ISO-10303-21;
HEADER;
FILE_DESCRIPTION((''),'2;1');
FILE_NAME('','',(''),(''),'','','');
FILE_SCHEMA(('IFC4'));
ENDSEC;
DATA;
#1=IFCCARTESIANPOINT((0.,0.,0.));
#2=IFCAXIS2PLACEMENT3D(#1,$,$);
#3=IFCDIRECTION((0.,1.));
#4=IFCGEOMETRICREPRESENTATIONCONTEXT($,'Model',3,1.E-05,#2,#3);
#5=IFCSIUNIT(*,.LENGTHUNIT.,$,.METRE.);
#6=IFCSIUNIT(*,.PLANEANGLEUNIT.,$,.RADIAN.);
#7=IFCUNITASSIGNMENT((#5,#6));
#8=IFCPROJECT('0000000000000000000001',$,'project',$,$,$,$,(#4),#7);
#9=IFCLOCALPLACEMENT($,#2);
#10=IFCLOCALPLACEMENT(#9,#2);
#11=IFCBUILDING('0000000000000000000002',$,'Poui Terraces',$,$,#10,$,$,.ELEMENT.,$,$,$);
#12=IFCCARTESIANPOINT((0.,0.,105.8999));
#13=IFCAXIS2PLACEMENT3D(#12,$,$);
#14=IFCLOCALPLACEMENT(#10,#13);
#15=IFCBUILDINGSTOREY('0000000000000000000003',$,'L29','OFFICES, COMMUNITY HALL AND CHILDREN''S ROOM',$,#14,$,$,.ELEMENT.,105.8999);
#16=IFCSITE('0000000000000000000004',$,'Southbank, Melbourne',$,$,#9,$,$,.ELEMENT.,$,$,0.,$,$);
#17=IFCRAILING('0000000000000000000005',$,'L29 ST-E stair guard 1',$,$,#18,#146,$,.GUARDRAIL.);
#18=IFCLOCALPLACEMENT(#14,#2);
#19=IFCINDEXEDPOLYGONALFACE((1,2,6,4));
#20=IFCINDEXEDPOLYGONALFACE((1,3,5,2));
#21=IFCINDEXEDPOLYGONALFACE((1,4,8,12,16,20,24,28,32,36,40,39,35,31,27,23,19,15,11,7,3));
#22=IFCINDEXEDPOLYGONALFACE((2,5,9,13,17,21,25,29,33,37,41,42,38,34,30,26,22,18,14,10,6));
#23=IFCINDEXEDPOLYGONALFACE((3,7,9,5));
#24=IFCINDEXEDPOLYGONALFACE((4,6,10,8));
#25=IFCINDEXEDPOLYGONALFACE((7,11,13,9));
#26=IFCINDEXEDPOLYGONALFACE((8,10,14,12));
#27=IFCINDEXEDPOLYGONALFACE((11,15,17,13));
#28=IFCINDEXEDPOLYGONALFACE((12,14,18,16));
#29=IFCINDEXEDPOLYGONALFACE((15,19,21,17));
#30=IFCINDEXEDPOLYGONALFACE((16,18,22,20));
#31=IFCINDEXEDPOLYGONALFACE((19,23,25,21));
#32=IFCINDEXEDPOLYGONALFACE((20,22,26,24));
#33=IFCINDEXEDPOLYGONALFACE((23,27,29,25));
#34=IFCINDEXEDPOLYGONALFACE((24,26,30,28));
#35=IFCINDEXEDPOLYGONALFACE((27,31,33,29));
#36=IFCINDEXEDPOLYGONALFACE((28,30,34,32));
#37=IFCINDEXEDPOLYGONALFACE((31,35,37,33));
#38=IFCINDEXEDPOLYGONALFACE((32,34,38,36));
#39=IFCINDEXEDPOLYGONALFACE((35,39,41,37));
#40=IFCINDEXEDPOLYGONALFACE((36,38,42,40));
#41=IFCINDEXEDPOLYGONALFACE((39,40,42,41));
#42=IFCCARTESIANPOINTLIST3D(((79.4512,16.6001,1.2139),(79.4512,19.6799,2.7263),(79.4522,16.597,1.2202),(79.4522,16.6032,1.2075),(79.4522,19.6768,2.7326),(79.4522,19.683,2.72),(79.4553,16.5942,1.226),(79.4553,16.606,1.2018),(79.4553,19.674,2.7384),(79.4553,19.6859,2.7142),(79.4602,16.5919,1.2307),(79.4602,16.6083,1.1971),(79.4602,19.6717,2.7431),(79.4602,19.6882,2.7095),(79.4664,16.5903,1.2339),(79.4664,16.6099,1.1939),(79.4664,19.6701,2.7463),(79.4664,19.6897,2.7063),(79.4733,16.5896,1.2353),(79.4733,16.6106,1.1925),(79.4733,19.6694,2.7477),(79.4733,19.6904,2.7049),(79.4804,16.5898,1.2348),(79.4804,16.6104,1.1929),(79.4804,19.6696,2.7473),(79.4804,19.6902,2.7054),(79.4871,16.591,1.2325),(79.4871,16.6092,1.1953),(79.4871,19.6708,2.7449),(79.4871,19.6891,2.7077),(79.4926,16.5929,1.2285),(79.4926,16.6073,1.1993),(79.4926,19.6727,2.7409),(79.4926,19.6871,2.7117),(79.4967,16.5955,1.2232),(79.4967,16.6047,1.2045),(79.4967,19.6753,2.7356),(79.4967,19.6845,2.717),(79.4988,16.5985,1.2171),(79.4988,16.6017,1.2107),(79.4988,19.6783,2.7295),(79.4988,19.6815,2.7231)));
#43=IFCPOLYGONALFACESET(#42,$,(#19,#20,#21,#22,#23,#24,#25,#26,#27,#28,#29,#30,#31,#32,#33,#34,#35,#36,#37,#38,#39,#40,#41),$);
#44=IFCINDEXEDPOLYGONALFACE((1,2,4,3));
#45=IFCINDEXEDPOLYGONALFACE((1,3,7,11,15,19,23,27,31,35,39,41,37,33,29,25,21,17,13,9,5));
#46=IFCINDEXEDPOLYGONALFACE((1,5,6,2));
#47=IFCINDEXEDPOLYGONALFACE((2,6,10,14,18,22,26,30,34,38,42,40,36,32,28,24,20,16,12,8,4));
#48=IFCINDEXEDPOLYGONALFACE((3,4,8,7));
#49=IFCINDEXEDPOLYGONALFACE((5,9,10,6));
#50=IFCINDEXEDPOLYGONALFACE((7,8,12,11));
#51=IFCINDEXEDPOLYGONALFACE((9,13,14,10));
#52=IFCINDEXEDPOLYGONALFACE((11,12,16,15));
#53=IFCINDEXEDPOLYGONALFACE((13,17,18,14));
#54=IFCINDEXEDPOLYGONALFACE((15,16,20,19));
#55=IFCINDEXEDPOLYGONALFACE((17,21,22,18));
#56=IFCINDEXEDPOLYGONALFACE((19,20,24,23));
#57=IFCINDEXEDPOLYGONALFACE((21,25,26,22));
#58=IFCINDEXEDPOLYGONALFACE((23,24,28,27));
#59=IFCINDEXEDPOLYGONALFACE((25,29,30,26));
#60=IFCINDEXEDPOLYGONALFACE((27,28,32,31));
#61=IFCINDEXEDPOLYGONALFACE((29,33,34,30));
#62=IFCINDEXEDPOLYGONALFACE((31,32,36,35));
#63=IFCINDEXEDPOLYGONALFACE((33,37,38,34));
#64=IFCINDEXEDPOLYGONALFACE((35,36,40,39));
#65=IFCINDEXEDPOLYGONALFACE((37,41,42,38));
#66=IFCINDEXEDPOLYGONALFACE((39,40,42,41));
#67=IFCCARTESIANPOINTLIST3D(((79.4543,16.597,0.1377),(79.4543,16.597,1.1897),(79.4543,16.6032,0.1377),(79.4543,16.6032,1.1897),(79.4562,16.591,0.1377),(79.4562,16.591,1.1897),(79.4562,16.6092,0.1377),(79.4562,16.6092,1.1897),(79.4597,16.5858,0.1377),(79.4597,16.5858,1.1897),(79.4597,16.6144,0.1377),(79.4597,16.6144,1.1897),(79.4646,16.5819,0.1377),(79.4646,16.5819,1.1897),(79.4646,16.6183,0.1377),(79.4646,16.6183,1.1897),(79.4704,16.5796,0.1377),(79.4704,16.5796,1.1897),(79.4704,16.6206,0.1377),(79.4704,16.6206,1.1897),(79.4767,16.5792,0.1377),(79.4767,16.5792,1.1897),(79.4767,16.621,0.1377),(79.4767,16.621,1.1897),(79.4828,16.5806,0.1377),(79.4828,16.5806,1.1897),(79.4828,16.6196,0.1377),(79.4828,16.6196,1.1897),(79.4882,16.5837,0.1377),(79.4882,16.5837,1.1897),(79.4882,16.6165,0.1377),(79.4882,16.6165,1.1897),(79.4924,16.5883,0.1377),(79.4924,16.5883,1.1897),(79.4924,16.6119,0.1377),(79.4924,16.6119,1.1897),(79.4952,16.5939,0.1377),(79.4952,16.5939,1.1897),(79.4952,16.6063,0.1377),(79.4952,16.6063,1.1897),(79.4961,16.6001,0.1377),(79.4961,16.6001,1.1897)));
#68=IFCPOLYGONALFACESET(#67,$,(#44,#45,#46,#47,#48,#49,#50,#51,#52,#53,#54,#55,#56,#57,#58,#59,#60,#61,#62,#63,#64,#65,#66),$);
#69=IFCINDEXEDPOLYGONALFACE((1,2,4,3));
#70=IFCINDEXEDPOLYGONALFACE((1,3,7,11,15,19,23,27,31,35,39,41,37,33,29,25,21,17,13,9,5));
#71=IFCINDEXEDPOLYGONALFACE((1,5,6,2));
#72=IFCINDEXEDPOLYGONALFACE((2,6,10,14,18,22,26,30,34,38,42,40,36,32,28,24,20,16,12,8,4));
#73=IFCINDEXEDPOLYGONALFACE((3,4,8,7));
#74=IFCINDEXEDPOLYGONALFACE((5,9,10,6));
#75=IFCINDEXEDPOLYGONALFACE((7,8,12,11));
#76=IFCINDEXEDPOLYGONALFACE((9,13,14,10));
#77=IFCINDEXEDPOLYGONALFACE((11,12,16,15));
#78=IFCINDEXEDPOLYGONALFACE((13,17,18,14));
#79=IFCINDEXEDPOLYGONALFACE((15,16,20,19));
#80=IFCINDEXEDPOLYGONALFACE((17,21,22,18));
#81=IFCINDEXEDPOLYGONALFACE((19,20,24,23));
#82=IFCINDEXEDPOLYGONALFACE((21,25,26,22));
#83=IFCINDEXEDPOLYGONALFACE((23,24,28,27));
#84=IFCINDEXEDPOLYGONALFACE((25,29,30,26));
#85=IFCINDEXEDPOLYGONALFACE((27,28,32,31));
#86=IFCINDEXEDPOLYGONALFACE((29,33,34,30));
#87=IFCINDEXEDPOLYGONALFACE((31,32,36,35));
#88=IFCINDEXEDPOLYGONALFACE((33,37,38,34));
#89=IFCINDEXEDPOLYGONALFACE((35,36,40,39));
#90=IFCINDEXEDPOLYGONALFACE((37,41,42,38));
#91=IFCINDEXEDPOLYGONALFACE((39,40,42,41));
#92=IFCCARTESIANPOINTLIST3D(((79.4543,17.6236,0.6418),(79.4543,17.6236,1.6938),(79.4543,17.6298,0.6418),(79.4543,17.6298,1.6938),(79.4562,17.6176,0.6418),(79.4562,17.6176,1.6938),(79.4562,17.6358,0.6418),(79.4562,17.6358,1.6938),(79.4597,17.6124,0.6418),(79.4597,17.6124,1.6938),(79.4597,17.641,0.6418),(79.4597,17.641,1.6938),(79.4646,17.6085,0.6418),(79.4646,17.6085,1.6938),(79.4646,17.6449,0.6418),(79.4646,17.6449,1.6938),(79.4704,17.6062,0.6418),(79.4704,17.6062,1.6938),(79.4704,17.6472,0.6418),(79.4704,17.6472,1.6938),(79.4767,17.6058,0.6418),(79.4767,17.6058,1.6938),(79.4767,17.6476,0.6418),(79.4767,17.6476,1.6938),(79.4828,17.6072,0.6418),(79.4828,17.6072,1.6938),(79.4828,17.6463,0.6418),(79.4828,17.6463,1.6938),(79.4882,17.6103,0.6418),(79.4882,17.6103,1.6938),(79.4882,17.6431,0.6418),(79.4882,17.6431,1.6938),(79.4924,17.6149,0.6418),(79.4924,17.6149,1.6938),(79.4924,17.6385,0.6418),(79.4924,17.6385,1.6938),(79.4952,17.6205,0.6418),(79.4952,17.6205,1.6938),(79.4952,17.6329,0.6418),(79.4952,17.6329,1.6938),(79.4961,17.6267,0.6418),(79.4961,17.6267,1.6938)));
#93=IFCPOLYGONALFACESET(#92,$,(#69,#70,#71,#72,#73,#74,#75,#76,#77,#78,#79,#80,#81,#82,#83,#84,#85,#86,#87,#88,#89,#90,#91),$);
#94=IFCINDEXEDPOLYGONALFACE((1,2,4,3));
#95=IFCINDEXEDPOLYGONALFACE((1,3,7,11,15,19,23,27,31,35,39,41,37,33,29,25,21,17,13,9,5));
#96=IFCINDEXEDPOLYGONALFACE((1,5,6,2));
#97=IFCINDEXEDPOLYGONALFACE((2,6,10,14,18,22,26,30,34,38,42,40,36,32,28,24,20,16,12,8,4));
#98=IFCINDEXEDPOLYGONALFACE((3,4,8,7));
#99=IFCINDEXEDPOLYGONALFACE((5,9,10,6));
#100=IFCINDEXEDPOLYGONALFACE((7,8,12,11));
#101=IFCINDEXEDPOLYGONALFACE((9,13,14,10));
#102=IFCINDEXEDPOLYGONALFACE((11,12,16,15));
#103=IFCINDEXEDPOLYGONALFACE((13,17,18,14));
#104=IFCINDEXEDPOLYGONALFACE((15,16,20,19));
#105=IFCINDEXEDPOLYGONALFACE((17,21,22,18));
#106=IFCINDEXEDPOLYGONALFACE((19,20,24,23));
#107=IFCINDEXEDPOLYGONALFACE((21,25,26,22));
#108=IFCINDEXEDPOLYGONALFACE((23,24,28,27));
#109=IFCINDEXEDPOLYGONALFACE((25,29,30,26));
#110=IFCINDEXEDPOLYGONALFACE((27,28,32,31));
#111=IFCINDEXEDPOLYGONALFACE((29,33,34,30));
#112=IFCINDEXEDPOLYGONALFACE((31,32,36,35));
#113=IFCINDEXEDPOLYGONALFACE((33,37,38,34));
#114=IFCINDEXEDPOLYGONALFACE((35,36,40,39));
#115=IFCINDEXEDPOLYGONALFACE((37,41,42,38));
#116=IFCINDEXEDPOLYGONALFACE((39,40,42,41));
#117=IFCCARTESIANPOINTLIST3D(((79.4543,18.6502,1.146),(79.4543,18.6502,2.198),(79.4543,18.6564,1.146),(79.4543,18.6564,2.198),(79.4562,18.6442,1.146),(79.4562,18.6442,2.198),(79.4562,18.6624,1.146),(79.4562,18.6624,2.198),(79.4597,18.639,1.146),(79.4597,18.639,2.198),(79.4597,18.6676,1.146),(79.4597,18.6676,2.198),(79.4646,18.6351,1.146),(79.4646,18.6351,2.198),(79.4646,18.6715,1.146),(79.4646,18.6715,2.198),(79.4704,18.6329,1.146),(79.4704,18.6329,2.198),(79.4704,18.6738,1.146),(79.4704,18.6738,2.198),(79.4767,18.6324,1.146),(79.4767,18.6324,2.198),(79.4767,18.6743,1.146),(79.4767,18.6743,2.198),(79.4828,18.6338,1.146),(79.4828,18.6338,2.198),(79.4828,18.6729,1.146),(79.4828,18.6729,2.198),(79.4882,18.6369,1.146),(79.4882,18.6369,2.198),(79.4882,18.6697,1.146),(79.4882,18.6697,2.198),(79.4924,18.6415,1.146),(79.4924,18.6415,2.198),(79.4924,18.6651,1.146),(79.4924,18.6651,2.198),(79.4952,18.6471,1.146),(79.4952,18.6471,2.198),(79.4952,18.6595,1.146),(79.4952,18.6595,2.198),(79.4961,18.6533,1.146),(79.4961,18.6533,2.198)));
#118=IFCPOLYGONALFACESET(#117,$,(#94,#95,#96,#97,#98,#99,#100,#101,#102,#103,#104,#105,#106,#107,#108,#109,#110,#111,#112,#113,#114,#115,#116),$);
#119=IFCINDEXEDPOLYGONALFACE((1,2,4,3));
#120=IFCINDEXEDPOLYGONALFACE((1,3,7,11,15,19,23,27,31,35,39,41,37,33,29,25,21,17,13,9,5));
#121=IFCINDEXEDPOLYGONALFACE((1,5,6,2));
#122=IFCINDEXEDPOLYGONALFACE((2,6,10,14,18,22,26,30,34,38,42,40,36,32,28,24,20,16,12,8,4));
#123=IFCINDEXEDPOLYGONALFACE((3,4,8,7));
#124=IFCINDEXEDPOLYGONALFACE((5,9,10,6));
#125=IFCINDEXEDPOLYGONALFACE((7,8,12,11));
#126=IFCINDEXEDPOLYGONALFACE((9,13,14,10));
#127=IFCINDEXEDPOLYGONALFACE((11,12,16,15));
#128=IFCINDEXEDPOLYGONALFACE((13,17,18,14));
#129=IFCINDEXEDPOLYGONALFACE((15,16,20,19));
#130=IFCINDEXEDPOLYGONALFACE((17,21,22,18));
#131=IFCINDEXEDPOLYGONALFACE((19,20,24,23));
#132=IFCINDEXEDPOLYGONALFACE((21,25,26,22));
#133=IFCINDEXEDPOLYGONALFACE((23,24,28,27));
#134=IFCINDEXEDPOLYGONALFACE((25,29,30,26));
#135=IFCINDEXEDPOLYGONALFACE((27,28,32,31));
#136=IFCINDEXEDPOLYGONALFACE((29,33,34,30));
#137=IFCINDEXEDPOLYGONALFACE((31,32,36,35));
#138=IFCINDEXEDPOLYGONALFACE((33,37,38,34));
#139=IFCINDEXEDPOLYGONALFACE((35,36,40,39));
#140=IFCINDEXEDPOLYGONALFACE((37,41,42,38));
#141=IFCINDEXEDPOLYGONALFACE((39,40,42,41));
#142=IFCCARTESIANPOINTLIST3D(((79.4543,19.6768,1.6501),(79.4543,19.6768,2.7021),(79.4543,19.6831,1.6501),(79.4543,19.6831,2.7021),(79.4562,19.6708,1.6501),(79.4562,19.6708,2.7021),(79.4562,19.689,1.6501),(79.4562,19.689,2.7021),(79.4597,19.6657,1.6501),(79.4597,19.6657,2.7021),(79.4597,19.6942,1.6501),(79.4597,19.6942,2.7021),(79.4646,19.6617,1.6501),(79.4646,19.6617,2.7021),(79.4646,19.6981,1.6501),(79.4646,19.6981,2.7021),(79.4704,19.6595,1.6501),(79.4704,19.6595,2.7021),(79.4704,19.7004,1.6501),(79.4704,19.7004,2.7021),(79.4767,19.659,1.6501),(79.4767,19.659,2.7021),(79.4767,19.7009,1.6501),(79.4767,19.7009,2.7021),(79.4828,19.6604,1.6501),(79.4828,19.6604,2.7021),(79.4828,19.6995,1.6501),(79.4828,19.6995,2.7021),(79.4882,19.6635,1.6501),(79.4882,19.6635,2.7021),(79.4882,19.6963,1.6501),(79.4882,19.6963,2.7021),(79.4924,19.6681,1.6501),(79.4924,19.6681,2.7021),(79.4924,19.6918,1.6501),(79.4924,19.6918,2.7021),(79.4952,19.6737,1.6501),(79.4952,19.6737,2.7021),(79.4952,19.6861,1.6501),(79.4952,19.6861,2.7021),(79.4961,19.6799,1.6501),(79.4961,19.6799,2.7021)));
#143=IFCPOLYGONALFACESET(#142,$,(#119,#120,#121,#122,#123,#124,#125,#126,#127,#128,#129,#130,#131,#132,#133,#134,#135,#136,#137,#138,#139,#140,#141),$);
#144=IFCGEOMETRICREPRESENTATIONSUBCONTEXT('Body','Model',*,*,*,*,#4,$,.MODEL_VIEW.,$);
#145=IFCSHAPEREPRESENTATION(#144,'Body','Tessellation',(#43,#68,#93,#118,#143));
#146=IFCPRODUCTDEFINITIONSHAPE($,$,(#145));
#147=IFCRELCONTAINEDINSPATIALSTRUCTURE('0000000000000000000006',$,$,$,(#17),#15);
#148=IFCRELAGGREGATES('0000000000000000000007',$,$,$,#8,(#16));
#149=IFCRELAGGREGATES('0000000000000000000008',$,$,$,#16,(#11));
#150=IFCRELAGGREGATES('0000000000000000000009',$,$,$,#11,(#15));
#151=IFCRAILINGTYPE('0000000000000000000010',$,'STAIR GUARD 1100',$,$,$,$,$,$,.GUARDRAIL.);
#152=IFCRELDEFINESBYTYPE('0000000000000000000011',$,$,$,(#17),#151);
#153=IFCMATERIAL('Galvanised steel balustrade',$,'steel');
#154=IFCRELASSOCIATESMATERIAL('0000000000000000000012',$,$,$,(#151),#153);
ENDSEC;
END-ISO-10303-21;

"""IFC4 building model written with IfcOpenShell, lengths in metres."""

from ifc_helpers import new_model, si_unit, direction, frame, origin, origin_2d, place, context, subcontext, project, spatial, circle, extrude, material, type_object, element, save


model = new_model("IFC4")

# Units and contexts
model_context = context("Model", 3, precision=1e-05, world=origin(), true_north=direction((0.0, 1.0)))
body_context = subcontext(model_context, "Body", "Model", "MODEL_VIEW")
ifc_project = project(units=[si_unit("LENGTHUNIT", "METRE"), si_unit("PLANEANGLEUNIT", "RADIAN")], contexts=[model_context])

# Site, building, storey
site_placement = place(None, origin())
site = spatial("IfcSite", under=ifc_project, at=site_placement, Name="Southbank, Melbourne", CompositionType="ELEMENT", RefElevation=0.0)
building_placement = place(site_placement, origin())
building = spatial("IfcBuilding", under=site, at=building_placement, Name="Poui Terraces", CompositionType="ELEMENT")
storey_placement = place(building_placement, frame((0.0, 0.0, 105.8999)))
storey = spatial("IfcBuildingStorey", under=building, at=storey_placement, Name="L29", Description="OFFICES, COMMUNITY HALL AND CHILDREN'S ROOM", CompositionType="ELEMENT", Elevation=105.8999)

# Railing
ifc_material_1 = material(Name="Galvanised steel balustrade", Category="steel")
railing_type_1 = type_object("IfcRailingType", Name="STAIR GUARD 1100", PredefinedType="GUARDRAIL", material=ifc_material_1)
railing_1_placement = place(storey_placement, frame((79.4751, 16.6001, 0.1377)))
element("IfcRailing", 1, at=railing_1_placement, inside=storey, type_object=railing_type_1, Name="L29 ST-E stair guard 1", PredefinedType="GUARDRAIL", context=body_context, shape_type="SweptSolid", body=[
    extrude(circle(Radius=0.0239, at=origin_2d()), frame((0.0, 0.0, 1.0762), z_axis=(0.0, 0.897606, 0.440798), x_axis=(-1.0, 0.0, 0.0)), (0.0, 0.0, 1.0), 3.4312),
    extrude(circle(Radius=0.021, at=origin_2d()), origin(), (0.0, 0.0, 1.0), 1.052),
    extrude(circle(Radius=0.021, at=origin_2d()), frame((0.0, 1.0266, 0.5042)), (0.0, 0.0, 1.0), 1.052),
    extrude(circle(Radius=0.021, at=origin_2d()), frame((0.0, 2.0532, 1.0083)), (0.0, 0.0, 1.0), 1.052),
    extrude(circle(Radius=0.021, at=origin_2d()), frame((0.0, 3.0798, 1.5125)), (0.0, 0.0, 1.0), 1.052),
])

save(model, "model.ifc")
